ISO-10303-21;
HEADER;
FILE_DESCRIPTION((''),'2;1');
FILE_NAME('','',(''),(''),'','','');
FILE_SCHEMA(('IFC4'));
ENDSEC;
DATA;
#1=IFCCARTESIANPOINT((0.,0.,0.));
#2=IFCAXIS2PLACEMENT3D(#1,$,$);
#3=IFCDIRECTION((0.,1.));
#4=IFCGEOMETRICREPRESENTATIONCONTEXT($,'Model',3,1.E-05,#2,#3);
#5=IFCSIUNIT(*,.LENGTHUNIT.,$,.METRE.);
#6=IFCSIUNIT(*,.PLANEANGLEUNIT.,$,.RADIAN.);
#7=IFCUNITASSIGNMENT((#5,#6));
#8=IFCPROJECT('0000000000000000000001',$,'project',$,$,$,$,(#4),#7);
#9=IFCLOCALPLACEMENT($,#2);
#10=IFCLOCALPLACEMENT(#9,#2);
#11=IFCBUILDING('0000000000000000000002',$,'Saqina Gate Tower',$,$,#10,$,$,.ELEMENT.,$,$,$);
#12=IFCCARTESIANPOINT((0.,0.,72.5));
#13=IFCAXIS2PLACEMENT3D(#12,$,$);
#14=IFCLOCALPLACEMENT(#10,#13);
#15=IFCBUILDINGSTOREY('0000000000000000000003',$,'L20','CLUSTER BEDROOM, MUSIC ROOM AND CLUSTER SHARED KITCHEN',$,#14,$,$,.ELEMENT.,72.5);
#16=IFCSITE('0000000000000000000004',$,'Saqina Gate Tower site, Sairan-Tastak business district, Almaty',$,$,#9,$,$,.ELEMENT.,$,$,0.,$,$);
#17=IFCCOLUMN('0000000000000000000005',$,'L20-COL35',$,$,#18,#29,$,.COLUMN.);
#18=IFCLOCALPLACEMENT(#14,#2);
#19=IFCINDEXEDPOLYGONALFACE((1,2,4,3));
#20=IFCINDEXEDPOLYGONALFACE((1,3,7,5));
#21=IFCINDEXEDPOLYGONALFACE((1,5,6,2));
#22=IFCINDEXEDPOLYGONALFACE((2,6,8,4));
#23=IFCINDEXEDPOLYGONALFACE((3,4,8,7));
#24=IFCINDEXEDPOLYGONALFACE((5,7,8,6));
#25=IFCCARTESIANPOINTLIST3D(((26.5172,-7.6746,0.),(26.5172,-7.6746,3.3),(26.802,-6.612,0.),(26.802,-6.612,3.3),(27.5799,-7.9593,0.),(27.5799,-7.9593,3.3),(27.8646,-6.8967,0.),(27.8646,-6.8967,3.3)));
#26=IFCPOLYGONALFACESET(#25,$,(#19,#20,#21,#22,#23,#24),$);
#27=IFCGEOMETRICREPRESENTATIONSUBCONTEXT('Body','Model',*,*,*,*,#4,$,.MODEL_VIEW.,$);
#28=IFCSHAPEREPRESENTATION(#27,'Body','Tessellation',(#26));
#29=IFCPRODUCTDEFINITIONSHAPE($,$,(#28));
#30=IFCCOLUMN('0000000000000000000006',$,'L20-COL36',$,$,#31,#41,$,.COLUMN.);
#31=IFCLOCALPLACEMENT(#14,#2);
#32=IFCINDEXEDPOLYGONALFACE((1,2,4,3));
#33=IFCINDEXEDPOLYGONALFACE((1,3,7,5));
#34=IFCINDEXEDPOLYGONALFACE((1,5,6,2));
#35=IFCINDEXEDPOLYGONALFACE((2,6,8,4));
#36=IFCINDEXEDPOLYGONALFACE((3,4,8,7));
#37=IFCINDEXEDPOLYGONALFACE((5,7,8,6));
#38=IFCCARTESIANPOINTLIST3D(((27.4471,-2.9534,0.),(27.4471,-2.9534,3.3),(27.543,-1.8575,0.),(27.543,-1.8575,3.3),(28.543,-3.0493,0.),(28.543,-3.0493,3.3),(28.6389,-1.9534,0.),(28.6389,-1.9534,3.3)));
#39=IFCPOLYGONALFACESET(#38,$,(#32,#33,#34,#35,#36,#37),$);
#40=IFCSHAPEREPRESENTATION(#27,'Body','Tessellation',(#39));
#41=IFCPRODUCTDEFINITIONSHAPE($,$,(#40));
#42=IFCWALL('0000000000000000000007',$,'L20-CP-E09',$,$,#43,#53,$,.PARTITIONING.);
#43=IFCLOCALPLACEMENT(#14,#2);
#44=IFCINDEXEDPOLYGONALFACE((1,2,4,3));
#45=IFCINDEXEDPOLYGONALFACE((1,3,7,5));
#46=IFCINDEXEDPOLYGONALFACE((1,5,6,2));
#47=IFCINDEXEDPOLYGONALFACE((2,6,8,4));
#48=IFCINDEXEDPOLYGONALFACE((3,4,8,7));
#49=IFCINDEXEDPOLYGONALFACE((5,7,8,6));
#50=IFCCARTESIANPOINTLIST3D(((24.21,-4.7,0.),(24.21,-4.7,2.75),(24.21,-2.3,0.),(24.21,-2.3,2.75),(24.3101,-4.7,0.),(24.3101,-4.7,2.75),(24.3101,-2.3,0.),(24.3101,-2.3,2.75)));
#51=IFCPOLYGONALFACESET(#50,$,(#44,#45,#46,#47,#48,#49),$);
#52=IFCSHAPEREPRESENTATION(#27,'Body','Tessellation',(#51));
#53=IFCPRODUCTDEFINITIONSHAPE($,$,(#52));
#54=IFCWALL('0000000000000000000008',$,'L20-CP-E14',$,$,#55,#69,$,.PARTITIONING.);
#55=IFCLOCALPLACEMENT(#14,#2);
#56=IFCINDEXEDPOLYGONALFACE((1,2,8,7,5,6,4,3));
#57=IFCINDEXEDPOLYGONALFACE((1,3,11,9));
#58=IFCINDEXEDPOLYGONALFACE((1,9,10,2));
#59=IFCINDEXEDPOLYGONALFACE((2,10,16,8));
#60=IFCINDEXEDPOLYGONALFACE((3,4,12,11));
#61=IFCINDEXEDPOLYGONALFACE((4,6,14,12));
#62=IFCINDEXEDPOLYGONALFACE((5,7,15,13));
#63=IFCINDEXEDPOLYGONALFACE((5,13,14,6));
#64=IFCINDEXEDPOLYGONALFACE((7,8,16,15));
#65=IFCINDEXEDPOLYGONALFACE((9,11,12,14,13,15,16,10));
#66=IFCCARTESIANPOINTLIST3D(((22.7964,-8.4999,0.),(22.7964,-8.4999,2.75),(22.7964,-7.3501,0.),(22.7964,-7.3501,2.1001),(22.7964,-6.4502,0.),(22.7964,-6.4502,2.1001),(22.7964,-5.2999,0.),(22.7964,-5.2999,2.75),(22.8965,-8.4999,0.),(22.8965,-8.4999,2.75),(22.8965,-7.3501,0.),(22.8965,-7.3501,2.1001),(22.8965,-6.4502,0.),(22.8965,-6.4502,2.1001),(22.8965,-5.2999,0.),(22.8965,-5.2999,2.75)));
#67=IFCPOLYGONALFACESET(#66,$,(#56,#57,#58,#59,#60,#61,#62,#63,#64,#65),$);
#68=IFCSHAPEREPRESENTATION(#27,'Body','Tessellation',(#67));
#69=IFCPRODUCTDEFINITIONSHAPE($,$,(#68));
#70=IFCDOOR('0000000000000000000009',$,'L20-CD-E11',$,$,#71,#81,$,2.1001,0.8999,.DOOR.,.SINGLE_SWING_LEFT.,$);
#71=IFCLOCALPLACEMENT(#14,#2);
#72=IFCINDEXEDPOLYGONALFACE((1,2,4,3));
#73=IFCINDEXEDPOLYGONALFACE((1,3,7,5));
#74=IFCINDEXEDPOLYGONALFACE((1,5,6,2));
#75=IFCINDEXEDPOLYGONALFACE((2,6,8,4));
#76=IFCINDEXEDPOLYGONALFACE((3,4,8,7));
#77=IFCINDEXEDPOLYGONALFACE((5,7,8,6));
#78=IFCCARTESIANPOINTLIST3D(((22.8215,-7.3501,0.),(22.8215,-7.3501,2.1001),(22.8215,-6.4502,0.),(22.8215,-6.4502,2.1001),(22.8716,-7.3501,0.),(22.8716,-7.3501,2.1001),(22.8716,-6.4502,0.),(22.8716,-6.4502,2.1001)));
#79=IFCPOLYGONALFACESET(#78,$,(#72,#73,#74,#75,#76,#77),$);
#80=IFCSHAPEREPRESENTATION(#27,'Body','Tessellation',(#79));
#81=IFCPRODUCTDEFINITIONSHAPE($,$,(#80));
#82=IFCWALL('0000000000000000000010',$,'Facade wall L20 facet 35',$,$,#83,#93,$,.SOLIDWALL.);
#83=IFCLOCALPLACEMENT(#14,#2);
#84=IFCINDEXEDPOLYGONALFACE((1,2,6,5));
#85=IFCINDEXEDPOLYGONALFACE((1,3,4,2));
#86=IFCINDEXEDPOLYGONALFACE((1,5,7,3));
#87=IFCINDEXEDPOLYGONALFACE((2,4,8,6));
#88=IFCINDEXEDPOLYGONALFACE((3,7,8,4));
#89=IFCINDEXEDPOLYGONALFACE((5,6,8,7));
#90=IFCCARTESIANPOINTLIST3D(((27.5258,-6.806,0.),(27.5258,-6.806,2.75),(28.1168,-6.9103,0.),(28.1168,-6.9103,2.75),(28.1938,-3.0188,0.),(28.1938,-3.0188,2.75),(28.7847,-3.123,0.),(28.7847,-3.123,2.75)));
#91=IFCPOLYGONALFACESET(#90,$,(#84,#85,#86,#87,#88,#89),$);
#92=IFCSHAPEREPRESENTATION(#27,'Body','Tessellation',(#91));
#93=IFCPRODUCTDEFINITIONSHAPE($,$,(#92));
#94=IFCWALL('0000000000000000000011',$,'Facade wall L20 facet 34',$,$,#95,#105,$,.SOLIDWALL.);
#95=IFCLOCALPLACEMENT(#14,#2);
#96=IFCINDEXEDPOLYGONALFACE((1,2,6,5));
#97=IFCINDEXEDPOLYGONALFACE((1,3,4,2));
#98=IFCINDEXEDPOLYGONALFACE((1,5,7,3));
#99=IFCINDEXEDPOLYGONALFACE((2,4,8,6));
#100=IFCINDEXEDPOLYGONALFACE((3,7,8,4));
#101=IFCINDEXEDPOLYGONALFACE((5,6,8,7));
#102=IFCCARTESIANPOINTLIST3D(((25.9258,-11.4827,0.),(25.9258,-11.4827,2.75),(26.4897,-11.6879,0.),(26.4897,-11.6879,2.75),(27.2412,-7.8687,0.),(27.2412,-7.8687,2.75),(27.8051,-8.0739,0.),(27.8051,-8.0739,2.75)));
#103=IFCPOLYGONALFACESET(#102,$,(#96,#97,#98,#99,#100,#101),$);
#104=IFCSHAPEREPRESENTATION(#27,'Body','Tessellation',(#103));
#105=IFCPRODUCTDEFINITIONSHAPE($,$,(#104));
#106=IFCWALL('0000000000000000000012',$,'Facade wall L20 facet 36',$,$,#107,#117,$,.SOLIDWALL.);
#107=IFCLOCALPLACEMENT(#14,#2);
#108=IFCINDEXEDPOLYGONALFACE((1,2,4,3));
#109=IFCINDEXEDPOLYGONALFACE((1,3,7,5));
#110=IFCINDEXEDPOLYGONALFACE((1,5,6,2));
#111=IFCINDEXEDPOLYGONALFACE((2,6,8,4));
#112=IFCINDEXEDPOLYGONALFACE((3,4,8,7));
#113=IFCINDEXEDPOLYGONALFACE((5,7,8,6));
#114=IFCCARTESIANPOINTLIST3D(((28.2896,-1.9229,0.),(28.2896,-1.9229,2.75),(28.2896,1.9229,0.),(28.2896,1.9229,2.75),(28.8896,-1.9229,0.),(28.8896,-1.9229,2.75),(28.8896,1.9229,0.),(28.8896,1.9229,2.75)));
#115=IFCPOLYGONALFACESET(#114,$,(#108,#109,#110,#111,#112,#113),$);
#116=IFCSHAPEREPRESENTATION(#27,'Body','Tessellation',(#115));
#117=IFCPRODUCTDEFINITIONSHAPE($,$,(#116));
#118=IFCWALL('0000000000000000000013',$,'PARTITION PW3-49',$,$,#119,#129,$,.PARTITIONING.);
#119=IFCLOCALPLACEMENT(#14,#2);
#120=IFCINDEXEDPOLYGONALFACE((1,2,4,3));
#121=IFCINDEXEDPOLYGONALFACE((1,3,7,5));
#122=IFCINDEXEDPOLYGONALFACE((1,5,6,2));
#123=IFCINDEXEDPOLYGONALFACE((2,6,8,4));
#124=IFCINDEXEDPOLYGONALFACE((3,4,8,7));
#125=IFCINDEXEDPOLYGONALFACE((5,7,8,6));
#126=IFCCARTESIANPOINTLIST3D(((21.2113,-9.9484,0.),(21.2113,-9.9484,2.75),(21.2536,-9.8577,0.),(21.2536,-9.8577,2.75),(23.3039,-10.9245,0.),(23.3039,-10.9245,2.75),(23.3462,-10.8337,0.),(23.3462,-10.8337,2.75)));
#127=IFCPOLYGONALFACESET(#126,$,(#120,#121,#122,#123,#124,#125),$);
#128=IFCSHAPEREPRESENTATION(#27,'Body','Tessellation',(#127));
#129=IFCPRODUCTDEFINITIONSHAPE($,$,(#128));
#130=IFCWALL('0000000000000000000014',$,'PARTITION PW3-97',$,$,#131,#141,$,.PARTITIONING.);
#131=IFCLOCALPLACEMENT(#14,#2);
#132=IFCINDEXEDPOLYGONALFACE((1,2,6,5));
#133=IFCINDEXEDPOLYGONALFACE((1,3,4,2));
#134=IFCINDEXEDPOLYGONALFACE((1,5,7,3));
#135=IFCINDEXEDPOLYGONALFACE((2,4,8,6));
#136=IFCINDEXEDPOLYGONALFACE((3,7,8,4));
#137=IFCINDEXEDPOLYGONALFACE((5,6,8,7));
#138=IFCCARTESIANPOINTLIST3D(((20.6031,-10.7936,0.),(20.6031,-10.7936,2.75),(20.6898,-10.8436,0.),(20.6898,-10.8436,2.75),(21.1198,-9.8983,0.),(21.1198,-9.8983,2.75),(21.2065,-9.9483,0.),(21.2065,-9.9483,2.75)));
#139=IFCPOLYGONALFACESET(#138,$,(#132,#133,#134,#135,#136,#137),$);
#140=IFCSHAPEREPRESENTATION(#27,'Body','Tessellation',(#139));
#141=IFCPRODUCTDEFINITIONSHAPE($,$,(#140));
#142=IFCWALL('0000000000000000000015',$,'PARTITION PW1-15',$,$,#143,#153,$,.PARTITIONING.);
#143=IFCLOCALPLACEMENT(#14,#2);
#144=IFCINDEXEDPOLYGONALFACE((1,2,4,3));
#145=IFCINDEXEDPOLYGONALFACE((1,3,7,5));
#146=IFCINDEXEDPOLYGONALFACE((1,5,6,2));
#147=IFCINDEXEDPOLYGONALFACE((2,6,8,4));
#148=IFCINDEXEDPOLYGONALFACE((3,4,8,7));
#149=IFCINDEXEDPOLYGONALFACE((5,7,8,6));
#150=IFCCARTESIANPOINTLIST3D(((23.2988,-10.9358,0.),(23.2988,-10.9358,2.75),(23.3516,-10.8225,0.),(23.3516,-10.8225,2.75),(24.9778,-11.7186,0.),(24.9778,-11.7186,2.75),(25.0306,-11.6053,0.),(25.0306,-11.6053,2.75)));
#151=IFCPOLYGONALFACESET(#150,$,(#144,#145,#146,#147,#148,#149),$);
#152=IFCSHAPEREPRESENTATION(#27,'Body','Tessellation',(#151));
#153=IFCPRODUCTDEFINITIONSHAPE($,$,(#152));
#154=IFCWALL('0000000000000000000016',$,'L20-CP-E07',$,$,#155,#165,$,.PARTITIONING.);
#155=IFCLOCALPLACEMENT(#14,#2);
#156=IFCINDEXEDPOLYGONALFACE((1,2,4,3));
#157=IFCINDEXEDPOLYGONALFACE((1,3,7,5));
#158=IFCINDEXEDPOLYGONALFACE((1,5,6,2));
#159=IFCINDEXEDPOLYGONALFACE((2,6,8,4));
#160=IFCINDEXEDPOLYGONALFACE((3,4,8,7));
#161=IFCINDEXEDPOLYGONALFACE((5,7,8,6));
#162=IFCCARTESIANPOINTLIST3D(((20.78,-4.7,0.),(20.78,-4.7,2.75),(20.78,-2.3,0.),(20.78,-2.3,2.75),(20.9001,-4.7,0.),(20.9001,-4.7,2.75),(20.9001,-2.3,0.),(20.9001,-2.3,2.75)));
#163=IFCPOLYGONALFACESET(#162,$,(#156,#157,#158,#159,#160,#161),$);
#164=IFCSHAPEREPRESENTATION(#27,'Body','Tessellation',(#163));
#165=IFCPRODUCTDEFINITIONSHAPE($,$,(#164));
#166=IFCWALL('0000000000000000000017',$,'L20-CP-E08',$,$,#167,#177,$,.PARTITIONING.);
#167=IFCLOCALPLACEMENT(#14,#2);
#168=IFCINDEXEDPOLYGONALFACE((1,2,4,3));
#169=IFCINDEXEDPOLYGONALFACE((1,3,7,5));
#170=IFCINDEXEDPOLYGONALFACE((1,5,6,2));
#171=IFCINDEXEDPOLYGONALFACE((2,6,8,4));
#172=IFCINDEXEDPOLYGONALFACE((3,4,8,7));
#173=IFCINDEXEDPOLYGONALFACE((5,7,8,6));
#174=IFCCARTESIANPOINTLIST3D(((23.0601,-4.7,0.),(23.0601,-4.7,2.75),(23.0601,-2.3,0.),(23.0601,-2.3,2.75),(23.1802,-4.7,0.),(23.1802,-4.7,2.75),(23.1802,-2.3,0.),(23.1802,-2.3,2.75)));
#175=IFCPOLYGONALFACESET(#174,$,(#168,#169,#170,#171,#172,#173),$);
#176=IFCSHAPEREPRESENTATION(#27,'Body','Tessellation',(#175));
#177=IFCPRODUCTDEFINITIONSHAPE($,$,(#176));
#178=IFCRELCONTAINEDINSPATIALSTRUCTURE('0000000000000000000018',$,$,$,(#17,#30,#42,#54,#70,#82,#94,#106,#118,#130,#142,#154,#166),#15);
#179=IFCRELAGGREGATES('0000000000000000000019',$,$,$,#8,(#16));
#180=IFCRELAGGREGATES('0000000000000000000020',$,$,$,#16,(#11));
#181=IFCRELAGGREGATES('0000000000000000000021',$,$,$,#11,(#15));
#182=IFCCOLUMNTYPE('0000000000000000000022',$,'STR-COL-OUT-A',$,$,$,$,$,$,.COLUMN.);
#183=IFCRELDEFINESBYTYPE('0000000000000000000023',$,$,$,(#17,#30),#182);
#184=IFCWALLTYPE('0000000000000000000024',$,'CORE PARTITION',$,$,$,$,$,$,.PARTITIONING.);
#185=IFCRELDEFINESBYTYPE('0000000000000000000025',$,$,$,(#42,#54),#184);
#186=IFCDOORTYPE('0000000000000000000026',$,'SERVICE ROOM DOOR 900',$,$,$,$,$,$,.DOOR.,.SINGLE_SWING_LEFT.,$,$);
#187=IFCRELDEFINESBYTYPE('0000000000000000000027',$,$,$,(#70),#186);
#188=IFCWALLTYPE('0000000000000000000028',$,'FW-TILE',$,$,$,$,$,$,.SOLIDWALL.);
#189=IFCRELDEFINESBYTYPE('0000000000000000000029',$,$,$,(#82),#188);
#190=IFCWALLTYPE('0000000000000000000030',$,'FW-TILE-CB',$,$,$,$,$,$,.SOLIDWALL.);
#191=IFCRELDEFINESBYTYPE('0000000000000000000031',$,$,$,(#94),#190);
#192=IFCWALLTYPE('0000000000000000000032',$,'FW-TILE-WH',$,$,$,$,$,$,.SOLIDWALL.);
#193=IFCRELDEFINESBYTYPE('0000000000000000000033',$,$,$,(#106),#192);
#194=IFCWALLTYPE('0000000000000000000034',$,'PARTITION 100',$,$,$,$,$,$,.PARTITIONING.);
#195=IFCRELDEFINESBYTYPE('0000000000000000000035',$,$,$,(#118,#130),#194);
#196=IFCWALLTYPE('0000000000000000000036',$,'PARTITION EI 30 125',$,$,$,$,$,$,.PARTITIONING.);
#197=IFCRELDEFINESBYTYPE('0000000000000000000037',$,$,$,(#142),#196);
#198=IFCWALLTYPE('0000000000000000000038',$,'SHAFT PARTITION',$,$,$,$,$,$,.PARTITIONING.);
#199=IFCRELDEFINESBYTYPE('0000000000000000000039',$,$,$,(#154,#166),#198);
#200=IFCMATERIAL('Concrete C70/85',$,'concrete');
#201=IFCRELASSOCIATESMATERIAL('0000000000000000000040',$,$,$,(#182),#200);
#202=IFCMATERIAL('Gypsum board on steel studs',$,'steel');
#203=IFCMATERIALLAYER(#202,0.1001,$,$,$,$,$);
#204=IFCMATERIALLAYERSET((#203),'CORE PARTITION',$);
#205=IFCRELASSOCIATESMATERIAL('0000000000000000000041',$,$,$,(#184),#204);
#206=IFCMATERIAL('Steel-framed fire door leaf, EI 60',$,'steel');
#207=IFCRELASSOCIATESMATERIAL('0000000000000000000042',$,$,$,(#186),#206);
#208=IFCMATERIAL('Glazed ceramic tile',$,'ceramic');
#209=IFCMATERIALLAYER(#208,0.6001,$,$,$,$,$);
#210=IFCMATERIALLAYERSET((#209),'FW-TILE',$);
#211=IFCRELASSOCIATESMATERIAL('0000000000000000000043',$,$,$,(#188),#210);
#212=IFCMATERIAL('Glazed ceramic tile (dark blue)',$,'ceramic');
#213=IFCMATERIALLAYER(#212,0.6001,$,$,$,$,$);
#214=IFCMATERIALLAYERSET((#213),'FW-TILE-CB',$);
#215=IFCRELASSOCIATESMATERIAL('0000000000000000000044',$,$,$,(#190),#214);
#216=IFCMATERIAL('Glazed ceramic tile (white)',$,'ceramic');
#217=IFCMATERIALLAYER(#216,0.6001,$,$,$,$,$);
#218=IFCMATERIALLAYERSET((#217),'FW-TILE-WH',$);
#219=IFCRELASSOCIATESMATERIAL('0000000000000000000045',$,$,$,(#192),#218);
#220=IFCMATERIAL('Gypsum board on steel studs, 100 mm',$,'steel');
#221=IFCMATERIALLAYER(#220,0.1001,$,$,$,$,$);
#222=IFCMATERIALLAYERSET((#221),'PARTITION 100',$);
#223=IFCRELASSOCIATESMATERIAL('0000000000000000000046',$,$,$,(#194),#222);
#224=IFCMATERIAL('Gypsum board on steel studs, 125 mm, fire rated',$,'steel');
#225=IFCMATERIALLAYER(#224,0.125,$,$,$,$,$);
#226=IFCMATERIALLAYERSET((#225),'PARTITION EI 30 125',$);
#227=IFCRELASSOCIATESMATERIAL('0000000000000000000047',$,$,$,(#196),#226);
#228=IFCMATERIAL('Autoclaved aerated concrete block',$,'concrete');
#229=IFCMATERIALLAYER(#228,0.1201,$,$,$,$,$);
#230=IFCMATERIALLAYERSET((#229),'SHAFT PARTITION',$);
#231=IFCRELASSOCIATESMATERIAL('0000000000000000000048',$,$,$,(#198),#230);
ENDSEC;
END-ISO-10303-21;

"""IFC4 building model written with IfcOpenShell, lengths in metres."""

from ifc_helpers import new_model, si_unit, direction, frame, frame_2d, origin, origin_2d, place, context, subcontext, project, spatial, rectangle, extrude, material, layer, layer_set, material_profile, profile_set, type_object, element, fill, save


model = new_model("IFC4")

# Units and contexts
model_context = context("Model", 3, precision=1e-05, world=origin(), true_north=direction((0.0, 1.0)))
body_context = subcontext(model_context, "Body", "Model", "MODEL_VIEW")
ifc_project = project(units=[si_unit("LENGTHUNIT", "METRE"), si_unit("PLANEANGLEUNIT", "RADIAN")], contexts=[model_context])

# Site, building, storey
site_placement = place(None, origin())
site = spatial("IfcSite", under=ifc_project, at=site_placement, Name="Saqina Gate Tower site, Sairan-Tastak business district, Almaty", CompositionType="ELEMENT", RefElevation=0.0)
building_placement = place(site_placement, origin())
building = spatial("IfcBuilding", under=site, at=building_placement, Name="Saqina Gate Tower", CompositionType="ELEMENT")
storey_placement = place(building_placement, frame((0.0, 0.0, 72.5)))
storey = spatial("IfcBuildingStorey", under=building, at=storey_placement, Name="L20", Description="CLUSTER BEDROOM, MUSIC ROOM AND CLUSTER SHARED KITCHEN", CompositionType="ELEMENT", Elevation=72.5)

# Columns
ifc_material_1 = material(Name="Concrete C70/85", Category="concrete")
ifc_material_profile = material_profile(ifc_material_1, rectangle(XDim=1.1001, YDim=1.1001, at=origin_2d()), Name="RC 1100x1100")
ifc_profile_set = profile_set([ifc_material_profile], Name="Concrete C70/85")
column_type = type_object("IfcColumnType", Name="STR-COL-OUT-A", PredefinedType="COLUMN", material=ifc_profile_set)
for number, where, z_axis, x_axis, name in (
    (1, (27.1909, -7.2856, 0.0), (0.0, 0.0, 1.0), (0.965926, -0.258819, 0.0), "L20-COL35"),
    (2, (28.043, -2.4534, 0.0), (0.0, 0.0, 1.0), (0.996195, -0.087156, 0.0), "L20-COL36"),
):
    element("IfcColumn", number, at=place(storey_placement, frame(where, z_axis=z_axis, x_axis=x_axis)), inside=storey, type_object=column_type, Name=name, PredefinedType="COLUMN", context=body_context, shape_type="SweptSolid", body=[
        extrude(rectangle(XDim=1.1001, YDim=1.1001, at=origin_2d()), origin(), (0.0, 0.0, 1.0), 3.3),
    ])

# Wall
ifc_material_2 = material(Name="Gypsum board on steel studs", Category="steel")
ifc_layer_1 = layer(ifc_material_2, 0.1001)
ifc_layer_set_1 = layer_set([ifc_layer_1], Name="CORE PARTITION")
wall_type_1 = type_object("IfcWallType", Name="CORE PARTITION", PredefinedType="PARTITIONING", material=ifc_layer_set_1)
wall_1_placement = place(storey_placement, frame((24.26, -4.7, 0.0), z_axis=(0.0, 0.0, 1.0), x_axis=(0.0, 1.0, 0.0)))
element("IfcWall", 3, at=wall_1_placement, inside=storey, type_object=wall_type_1, Name="L20-CP-E09", PredefinedType="PARTITIONING", context=body_context, shape_type="SweptSolid", body=[
    extrude(rectangle(XDim=2.3999, YDim=0.1001, at=frame_2d((1.2, 0.0))), origin(), (0.0, 0.0, 1.0), 2.75),
])

# Wall, opening, door
wall_2_placement = place(storey_placement, frame((22.8464, -8.5, 0.0), z_axis=(0.0, 0.0, 1.0), x_axis=(0.0, 1.0, 0.0)))
wall_2 = element("IfcWall", 4, at=wall_2_placement, inside=storey, type_object=wall_type_1, Name="L20-CP-E14", PredefinedType="PARTITIONING", context=body_context, shape_type="SweptSolid", body=[
    extrude(rectangle(XDim=3.2, YDim=0.1001, at=frame_2d((1.6001, 0.0))), origin(), (0.0, 0.0, 1.0), 2.75),
])
opening_placement = place(wall_2_placement, frame((1.1499, 0.0, 0.0)))
opening = element("IfcOpeningElement", 5, at=opening_placement, cuts=wall_2, PredefinedType="OPENING", context=body_context, shape_type="SweptSolid", body=[
    extrude(rectangle(XDim=0.8999, YDim=2.1001, at=frame_2d((0.45, 1.05))), frame((0.0, 0.062, 0.0), z_axis=(0.0, -1.0, 0.0), x_axis=(1.0, 0.0, 0.0)), (0.0, 0.0, 1.0), 0.124),
])
ifc_material_3 = material(Name="Steel-framed fire door leaf, EI 60", Category="steel")
door_type = type_object("IfcDoorType", Name="SERVICE ROOM DOOR 900", OperationType="SINGLE_SWING_LEFT", PredefinedType="DOOR", material=ifc_material_3)
door_placement = place(opening_placement, origin())
door = element("IfcDoor", 6, at=door_placement, inside=storey, type_object=door_type, Name="L20-CD-E11", OperationType="SINGLE_SWING_LEFT", OverallHeight=2.1001, OverallWidth=0.8999, PredefinedType="DOOR", context=body_context, shape_type="SweptSolid", body=[
    extrude(rectangle(XDim=0.8999, YDim=2.1001, at=frame_2d((0.45, 1.05))), frame((0.0, 0.0249, 0.0), z_axis=(0.0, -1.0, 0.0), x_axis=(1.0, 0.0, 0.0)), (0.0, 0.0, 1.0), 0.05),
])
fill(opening, door)

# Walls
ifc_material_4 = material(Name="Glazed ceramic tile", Category="ceramic")
ifc_layer_2 = layer(ifc_material_4, 0.6001)
ifc_layer_set_2 = layer_set([ifc_layer_2], Name="FW-TILE")
wall_type_2 = type_object("IfcWallType", Name="FW-TILE", PredefinedType="SOLIDWALL", material=ifc_layer_set_2)
wall_3_placement = place(storey_placement, frame((27.8213, -6.8582, 0.0), z_axis=(0.0, 0.0, 1.0), x_axis=(0.173688, 0.984801, 0.0)))
element("IfcWall", 7, at=wall_3_placement, inside=storey, type_object=wall_type_2, Name="Facade wall L20 facet 35", PredefinedType="SOLIDWALL", context=body_context, shape_type="SweptSolid", body=[
    extrude(rectangle(XDim=3.8457, YDim=0.6001, at=frame_2d((1.9229, 0.0))), origin(), (0.0, 0.0, 1.0), 2.75),
])
ifc_material_5 = material(Name="Glazed ceramic tile (dark blue)", Category="ceramic")
ifc_layer_3 = layer(ifc_material_5, 0.6001)
ifc_layer_set_3 = layer_set([ifc_layer_3], Name="FW-TILE-CB")
wall_type_3 = type_object("IfcWallType", Name="FW-TILE-CB", PredefinedType="SOLIDWALL", material=ifc_layer_set_3)
wall_4_placement = place(storey_placement, frame((26.2078, -11.5852, 0.0), z_axis=(0.0, 0.0, 1.0), x_axis=(0.342028, 0.93969, 0.0)))
element("IfcWall", 8, at=wall_4_placement, inside=storey, type_object=wall_type_3, Name="Facade wall L20 facet 34", PredefinedType="SOLIDWALL", context=body_context, shape_type="SweptSolid", body=[
    extrude(rectangle(XDim=3.8459, YDim=0.6001, at=frame_2d((1.9229, 0.0))), origin(), (0.0, 0.0, 1.0), 2.75),
])
ifc_material_6 = material(Name="Glazed ceramic tile (white)", Category="ceramic")
ifc_layer_4 = layer(ifc_material_6, 0.6001)
ifc_layer_set_4 = layer_set([ifc_layer_4], Name="FW-TILE-WH")
wall_type_4 = type_object("IfcWallType", Name="FW-TILE-WH", PredefinedType="SOLIDWALL", material=ifc_layer_set_4)
wall_5_placement = place(storey_placement, frame((28.5896, -1.9229, 0.0), z_axis=(0.0, 0.0, 1.0), x_axis=(0.0, 1.0, 0.0)))
element("IfcWall", 9, at=wall_5_placement, inside=storey, type_object=wall_type_4, Name="Facade wall L20 facet 36", PredefinedType="SOLIDWALL", context=body_context, shape_type="SweptSolid", body=[
    extrude(rectangle(XDim=3.8457, YDim=0.6001, at=frame_2d((1.9229, 0.0))), origin(), (0.0, 0.0, 1.0), 2.75),
])
ifc_material_7 = material(Name="Gypsum board on steel studs, 100 mm", Category="steel")
ifc_layer_5 = layer(ifc_material_7, 0.1001)
ifc_layer_set_5 = layer_set([ifc_layer_5], Name="PARTITION 100")
wall_type_5 = type_object("IfcWallType", Name="PARTITION 100", PredefinedType="PARTITIONING", material=ifc_layer_set_5)
wall_6_placement = place(storey_placement, frame((21.2324, -9.9031, 0.0), z_axis=(0.0, 0.0, 1.0), x_axis=(0.906275, -0.422689, 0.0)))
element("IfcWall", 10, at=wall_6_placement, inside=storey, type_object=wall_type_5, Name="PARTITION PW3-49", PredefinedType="PARTITIONING", context=body_context, shape_type="SweptSolid", body=[
    extrude(rectangle(XDim=2.3091, YDim=0.1001, at=frame_2d((1.1545, 0.0))), origin(), (0.0, 0.0, 1.0), 2.75),
])
wall_7_placement = place(storey_placement, frame((20.6465, -10.8186, 0.0), z_axis=(0.0, 0.0, 1.0), x_axis=(0.499797, 0.866142, 0.0)))
element("IfcWall", 11, at=wall_7_placement, inside=storey, type_object=wall_type_5, Name="PARTITION PW3-97", PredefinedType="PARTITIONING", context=body_context, shape_type="SweptSolid", body=[
    extrude(rectangle(XDim=1.0337, YDim=0.1001, at=frame_2d((0.5168, 0.0))), origin(), (0.0, 0.0, 1.0), 2.75),
])
ifc_material_8 = material(Name="Gypsum board on steel studs, 125 mm, fire rated", Category="steel")
ifc_layer_6 = layer(ifc_material_8, 0.125)
ifc_layer_set_6 = layer_set([ifc_layer_6], Name="PARTITION EI 30 125")
wall_type_6 = type_object("IfcWallType", Name="PARTITION EI 30 125", PredefinedType="PARTITIONING", material=ifc_layer_set_6)
wall_8_placement = place(storey_placement, frame((23.3252, -10.8792, 0.0), z_axis=(0.0, 0.0, 1.0), x_axis=(0.906348, -0.422532, 0.0)))
element("IfcWall", 12, at=wall_8_placement, inside=storey, type_object=wall_type_6, Name="PARTITION PW1-15", PredefinedType="PARTITIONING", context=body_context, shape_type="SweptSolid", body=[
    extrude(rectangle(XDim=1.8525, YDim=0.125, at=frame_2d((0.9263, 0.0))), origin(), (0.0, 0.0, 1.0), 2.75),
])
ifc_material_9 = material(Name="Autoclaved aerated concrete block", Category="concrete")
ifc_layer_7 = layer(ifc_material_9, 0.1201)
ifc_layer_set_7 = layer_set([ifc_layer_7], Name="SHAFT PARTITION")
wall_type_7 = type_object("IfcWallType", Name="SHAFT PARTITION", PredefinedType="PARTITIONING", material=ifc_layer_set_7)
for number, where, z_axis, x_axis, name in (
    (13, (20.8401, -4.7, 0.0), (0.0, 0.0, 1.0), (0.0, 1.0, 0.0), "L20-CP-E07"),
    (14, (23.1201, -4.7, 0.0), (0.0, 0.0, 1.0), (0.0, 1.0, 0.0), "L20-CP-E08"),
):
    element("IfcWall", number, at=place(storey_placement, frame(where, z_axis=z_axis, x_axis=x_axis)), inside=storey, type_object=wall_type_7, Name=name, PredefinedType="PARTITIONING", context=body_context, shape_type="SweptSolid", body=[
        extrude(rectangle(XDim=2.3999, YDim=0.1201, at=frame_2d((1.2, 0.0))), origin(), (0.0, 0.0, 1.0), 2.75),
    ])

save(model, "model.ifc")
